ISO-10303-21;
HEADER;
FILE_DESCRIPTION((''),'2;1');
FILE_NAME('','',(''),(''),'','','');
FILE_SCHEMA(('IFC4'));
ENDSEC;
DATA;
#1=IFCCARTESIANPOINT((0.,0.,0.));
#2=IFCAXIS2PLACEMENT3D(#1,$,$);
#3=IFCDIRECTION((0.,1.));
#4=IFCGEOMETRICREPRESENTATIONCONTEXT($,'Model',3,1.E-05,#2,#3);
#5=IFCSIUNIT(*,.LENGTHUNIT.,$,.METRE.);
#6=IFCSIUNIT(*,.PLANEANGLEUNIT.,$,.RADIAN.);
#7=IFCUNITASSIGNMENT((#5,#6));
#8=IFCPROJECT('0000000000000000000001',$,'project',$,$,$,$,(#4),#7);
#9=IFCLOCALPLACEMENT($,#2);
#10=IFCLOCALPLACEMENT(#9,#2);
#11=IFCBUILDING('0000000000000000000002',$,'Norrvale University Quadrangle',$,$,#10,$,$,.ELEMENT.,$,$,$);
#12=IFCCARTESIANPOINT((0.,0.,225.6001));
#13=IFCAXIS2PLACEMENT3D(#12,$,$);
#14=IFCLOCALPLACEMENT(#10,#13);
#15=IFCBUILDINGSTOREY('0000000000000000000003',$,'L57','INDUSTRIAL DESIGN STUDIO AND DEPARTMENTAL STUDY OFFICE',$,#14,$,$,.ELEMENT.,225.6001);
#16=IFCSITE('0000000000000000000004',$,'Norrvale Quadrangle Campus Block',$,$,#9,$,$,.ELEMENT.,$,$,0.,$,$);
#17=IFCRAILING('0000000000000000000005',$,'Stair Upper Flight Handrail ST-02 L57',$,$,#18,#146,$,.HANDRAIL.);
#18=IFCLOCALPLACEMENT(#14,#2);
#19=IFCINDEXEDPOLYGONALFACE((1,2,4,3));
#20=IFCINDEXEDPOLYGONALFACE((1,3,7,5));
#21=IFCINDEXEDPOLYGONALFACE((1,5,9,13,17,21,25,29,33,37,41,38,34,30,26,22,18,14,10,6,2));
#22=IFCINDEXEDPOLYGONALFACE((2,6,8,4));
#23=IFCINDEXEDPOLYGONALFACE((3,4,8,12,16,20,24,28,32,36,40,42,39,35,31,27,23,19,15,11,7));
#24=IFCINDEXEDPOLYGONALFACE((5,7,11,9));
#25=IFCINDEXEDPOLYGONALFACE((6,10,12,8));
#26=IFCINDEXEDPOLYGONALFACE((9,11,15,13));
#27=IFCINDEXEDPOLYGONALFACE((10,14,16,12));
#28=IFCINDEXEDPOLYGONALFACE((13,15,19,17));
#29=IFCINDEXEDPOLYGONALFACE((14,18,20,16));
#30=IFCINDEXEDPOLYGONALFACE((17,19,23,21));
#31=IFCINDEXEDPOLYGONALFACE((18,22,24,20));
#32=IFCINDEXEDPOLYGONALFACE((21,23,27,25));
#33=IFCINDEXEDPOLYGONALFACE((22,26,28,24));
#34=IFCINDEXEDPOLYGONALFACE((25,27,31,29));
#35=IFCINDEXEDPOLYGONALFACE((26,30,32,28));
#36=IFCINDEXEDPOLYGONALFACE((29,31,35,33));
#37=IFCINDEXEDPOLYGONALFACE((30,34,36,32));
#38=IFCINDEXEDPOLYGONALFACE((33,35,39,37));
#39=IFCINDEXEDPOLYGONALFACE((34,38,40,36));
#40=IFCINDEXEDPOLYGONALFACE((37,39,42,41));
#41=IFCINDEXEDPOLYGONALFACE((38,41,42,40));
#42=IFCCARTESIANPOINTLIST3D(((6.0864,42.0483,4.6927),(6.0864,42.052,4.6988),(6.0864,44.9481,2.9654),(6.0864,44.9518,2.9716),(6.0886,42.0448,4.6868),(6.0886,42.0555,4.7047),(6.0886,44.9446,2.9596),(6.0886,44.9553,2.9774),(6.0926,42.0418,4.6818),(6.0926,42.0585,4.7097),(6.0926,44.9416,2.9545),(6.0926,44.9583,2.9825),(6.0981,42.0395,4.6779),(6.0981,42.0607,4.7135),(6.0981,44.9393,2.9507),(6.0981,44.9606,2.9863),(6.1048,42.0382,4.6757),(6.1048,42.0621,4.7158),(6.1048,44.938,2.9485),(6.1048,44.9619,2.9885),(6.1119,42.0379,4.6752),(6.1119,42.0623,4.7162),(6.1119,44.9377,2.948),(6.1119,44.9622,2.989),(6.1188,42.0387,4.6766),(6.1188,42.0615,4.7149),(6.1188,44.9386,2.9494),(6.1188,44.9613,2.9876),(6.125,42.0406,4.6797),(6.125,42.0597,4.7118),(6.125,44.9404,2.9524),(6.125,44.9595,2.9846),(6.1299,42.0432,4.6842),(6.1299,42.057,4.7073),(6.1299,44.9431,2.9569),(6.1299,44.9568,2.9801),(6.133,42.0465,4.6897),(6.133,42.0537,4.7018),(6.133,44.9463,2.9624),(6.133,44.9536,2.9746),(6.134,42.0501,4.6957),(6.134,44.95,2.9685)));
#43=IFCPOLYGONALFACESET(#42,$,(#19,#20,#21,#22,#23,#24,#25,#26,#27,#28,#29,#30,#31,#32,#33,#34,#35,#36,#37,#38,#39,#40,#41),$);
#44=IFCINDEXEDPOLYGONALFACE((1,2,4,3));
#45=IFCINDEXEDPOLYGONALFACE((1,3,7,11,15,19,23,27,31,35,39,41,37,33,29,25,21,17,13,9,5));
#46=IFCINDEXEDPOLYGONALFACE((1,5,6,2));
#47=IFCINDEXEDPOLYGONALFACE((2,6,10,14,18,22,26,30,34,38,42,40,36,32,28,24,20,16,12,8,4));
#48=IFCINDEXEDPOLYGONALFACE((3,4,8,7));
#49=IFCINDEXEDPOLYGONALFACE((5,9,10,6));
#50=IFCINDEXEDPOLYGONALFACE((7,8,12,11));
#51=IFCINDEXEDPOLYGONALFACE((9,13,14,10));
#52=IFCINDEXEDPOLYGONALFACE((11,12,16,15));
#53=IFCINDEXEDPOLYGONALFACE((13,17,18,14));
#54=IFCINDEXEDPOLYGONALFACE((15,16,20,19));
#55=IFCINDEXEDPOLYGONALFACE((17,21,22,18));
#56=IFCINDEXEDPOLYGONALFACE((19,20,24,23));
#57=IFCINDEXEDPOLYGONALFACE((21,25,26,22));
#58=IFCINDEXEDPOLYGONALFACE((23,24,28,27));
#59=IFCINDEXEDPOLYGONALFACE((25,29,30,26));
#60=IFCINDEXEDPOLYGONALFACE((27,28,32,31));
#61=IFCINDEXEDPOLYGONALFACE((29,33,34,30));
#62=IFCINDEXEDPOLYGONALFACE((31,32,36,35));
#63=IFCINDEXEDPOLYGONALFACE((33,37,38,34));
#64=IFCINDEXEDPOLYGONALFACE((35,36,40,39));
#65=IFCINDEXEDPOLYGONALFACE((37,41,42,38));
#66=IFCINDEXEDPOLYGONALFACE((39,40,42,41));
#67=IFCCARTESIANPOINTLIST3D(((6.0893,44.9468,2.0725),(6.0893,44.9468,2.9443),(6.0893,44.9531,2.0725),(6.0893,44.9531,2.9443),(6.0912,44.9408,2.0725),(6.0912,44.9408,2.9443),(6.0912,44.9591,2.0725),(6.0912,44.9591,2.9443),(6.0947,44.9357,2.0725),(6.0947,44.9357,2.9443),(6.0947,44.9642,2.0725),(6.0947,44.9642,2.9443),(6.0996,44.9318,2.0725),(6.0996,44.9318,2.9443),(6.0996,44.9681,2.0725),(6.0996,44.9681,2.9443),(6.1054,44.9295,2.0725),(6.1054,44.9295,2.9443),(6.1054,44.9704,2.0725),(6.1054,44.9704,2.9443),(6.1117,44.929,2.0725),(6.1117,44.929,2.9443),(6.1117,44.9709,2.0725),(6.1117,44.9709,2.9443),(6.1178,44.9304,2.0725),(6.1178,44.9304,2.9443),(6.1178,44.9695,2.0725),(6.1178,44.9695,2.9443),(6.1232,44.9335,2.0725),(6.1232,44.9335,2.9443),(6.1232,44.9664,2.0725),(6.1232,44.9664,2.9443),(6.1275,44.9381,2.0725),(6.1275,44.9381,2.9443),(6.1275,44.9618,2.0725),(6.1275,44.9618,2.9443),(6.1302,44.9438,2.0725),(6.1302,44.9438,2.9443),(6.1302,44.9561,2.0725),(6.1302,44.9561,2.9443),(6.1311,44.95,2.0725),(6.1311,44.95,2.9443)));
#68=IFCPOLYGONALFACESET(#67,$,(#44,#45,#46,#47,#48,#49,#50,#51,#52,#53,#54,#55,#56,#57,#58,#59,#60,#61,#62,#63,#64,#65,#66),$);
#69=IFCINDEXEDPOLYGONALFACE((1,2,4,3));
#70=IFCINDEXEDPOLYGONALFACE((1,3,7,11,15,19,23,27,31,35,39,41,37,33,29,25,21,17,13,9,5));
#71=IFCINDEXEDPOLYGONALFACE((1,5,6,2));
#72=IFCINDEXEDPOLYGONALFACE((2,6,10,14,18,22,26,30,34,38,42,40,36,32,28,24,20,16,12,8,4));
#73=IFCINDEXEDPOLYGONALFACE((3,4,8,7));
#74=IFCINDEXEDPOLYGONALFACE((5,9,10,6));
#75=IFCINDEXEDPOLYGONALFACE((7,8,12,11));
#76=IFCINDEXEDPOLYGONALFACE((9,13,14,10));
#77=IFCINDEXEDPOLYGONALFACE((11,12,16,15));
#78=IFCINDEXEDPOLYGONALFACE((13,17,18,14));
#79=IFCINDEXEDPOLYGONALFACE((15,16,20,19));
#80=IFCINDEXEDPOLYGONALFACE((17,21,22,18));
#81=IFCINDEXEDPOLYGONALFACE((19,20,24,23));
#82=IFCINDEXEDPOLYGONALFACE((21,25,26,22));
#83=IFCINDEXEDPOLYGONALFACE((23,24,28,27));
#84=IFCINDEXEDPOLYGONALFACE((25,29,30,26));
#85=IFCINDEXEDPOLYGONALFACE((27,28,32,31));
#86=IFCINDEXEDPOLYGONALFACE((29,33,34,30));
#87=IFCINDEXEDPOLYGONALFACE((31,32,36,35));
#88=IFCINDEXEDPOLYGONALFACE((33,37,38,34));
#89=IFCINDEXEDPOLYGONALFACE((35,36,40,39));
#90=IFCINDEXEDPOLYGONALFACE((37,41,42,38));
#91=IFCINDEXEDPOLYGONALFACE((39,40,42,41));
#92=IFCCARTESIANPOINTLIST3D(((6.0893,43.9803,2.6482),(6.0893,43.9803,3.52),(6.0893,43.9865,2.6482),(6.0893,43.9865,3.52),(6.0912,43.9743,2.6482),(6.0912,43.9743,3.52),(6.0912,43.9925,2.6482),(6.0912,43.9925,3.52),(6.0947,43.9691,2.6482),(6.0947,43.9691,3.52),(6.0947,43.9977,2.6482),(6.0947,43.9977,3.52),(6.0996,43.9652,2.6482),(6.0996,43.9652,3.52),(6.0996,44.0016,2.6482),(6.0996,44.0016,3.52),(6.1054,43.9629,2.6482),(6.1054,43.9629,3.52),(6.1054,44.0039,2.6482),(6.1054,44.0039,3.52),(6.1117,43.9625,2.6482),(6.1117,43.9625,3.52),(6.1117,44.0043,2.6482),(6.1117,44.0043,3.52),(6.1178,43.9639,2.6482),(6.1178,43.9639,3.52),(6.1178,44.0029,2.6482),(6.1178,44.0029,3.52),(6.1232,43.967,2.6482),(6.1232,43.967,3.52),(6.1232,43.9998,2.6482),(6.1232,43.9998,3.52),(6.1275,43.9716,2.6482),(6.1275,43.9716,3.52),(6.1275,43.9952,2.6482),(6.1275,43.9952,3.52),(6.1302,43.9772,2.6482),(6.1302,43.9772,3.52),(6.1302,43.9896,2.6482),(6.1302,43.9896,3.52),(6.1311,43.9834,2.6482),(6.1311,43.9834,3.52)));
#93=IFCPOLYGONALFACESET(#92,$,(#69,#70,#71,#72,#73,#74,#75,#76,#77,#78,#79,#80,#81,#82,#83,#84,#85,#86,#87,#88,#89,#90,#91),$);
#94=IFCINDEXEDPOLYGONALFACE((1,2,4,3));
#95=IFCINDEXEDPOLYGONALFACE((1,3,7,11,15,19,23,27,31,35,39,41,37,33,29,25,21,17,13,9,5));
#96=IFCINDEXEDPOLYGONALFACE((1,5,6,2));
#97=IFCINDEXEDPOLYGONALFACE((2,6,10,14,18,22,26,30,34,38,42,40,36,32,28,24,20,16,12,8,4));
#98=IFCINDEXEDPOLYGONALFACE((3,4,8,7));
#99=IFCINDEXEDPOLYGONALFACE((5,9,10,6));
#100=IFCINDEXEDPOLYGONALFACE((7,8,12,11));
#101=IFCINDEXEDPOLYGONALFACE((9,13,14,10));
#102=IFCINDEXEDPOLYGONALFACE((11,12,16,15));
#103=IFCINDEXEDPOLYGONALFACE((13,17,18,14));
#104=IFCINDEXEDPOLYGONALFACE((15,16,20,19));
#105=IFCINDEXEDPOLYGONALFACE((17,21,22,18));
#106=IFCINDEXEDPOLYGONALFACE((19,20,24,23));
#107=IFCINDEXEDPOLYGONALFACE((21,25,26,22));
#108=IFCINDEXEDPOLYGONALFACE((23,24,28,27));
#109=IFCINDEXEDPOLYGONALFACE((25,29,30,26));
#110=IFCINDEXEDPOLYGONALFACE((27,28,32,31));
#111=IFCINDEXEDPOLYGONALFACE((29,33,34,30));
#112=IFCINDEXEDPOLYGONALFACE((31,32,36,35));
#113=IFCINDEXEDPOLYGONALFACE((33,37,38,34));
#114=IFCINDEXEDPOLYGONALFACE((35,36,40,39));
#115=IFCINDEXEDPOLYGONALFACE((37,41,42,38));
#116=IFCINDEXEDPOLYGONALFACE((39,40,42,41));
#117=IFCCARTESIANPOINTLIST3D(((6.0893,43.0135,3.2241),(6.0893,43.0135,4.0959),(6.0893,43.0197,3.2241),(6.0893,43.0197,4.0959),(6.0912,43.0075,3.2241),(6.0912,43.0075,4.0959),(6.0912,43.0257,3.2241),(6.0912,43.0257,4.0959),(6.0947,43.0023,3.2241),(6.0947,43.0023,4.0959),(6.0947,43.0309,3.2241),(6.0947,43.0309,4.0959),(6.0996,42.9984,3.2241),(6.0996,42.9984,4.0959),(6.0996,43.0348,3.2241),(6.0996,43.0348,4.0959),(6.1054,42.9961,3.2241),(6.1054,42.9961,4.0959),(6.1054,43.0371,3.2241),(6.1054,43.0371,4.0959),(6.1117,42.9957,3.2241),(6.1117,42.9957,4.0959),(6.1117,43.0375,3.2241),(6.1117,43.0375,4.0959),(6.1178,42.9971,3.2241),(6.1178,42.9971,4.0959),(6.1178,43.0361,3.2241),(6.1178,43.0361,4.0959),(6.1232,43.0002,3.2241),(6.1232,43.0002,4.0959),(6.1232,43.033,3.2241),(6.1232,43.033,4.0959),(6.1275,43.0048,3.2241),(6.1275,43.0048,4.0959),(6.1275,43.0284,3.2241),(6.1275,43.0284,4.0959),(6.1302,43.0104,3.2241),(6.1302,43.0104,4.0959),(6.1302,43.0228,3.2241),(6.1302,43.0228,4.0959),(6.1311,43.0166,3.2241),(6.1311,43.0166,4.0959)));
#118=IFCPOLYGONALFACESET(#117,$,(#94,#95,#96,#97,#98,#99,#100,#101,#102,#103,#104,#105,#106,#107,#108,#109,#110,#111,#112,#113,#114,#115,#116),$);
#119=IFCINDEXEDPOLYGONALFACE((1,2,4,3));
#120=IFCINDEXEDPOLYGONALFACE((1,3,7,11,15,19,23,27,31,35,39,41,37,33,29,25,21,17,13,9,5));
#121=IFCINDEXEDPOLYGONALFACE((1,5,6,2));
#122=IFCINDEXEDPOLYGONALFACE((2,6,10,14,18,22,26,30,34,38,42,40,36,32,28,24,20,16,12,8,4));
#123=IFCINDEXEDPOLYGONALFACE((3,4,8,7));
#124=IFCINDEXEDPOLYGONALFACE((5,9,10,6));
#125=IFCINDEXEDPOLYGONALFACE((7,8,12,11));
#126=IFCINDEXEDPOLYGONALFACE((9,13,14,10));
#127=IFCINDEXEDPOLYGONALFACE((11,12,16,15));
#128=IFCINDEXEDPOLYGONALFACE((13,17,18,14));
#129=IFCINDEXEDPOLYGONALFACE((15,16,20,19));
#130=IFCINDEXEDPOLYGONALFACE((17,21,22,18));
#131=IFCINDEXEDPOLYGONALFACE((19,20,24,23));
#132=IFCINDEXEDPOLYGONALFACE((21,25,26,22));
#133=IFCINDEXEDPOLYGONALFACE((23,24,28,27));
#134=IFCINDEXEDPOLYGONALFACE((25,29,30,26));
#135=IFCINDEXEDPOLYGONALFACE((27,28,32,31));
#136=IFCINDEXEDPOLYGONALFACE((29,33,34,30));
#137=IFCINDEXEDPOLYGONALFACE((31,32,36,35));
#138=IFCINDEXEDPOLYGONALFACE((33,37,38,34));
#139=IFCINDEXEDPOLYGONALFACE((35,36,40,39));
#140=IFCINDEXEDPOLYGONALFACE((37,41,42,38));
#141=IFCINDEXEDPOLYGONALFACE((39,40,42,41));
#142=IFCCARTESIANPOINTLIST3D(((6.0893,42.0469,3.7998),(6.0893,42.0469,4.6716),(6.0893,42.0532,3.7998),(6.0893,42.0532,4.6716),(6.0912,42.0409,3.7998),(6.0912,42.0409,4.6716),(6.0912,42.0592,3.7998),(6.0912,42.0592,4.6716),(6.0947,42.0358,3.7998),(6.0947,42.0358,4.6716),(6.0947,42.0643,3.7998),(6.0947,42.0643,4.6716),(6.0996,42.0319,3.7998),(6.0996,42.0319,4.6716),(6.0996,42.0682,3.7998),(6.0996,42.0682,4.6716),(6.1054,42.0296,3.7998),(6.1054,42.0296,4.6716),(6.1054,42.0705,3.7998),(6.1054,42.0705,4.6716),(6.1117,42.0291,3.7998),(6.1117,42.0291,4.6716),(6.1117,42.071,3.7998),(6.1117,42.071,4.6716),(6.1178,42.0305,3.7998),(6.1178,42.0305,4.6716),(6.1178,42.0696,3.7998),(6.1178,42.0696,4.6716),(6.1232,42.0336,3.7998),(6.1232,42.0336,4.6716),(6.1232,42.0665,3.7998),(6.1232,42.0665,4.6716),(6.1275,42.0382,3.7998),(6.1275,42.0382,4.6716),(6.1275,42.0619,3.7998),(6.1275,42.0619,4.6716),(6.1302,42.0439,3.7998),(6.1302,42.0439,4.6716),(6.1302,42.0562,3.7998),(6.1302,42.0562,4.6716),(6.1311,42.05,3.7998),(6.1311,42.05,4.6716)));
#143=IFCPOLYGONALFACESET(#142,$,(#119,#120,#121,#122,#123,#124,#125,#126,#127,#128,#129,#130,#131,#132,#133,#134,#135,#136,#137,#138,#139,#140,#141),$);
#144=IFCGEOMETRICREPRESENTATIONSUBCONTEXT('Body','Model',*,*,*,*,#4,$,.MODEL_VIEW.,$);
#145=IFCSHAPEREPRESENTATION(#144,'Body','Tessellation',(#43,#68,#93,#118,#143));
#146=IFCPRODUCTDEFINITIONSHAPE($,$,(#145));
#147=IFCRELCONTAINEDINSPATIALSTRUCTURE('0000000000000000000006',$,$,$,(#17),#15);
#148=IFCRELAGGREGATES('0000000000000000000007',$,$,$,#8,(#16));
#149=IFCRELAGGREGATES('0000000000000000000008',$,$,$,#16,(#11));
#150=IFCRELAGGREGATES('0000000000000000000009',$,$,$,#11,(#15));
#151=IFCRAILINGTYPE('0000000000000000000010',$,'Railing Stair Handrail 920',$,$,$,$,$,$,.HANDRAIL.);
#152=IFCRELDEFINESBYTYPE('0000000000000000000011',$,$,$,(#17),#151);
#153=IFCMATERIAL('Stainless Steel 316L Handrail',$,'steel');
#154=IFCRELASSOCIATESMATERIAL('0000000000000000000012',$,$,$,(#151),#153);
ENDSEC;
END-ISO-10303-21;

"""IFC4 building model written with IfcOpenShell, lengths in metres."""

from ifc_helpers import new_model, si_unit, direction, frame, origin, origin_2d, place, context, subcontext, project, spatial, circle, extrude, material, type_object, element, save


model = new_model("IFC4")

# Units and contexts
model_context = context("Model", 3, precision=1e-05, world=origin(), true_north=direction((0.0, 1.0)))
body_context = subcontext(model_context, "Body", "Model", "MODEL_VIEW")
ifc_project = project(units=[si_unit("LENGTHUNIT", "METRE"), si_unit("PLANEANGLEUNIT", "RADIAN")], contexts=[model_context])

# Site, building, storey
site_placement = place(None, origin())
site = spatial("IfcSite", under=ifc_project, at=site_placement, Name="Norrvale Quadrangle Campus Block", CompositionType="ELEMENT", RefElevation=0.0)
building_placement = place(site_placement, origin())
building = spatial("IfcBuilding", under=site, at=building_placement, Name="Norrvale University Quadrangle", CompositionType="ELEMENT")
storey_placement = place(building_placement, frame((0.0, 0.0, 225.6001)))
storey = spatial("IfcBuildingStorey", under=building, at=storey_placement, Name="L57", Description="INDUSTRIAL DESIGN STUDIO AND DEPARTMENTAL STUDY OFFICE", CompositionType="ELEMENT", Elevation=225.6001)

# Railing
ifc_material_1 = material(Name="Stainless Steel 316L Handrail", Category="steel")
railing_type_1 = type_object("IfcRailingType", Name="Railing Stair Handrail 920", PredefinedType="HANDRAIL", material=ifc_material_1)
railing_1_placement = place(storey_placement, frame((6.1101, 44.95, 2.0725)))
element("IfcRailing", 1, at=railing_1_placement, inside=storey, type_object=railing_type_1, Name="Stair Upper Flight Handrail ST-02 L57", PredefinedType="HANDRAIL", context=body_context, shape_type="SweptSolid", body=[
    extrude(circle(Radius=0.0239, at=origin_2d()), frame((0.0, 0.0, 0.896), z_axis=(0.0, -0.859141, 0.511738), x_axis=(1.0, 0.0, 0.0)), (0.0, 0.0, 1.0), 3.3752),
    extrude(circle(Radius=0.021, at=origin_2d()), origin(), (0.0, 0.0, 1.0), 0.8718),
    extrude(circle(Radius=0.021, at=origin_2d()), frame((0.0, -0.9666, 0.5757)), (0.0, 0.0, 1.0), 0.8718),
    extrude(circle(Radius=0.021, at=origin_2d()), frame((0.0, -1.9333, 1.1516)), (0.0, 0.0, 1.0), 0.8718),
    extrude(circle(Radius=0.021, at=origin_2d()), frame((0.0, -2.8999, 1.7273)), (0.0, 0.0, 1.0), 0.8718),
])

save(model, "model.ifc")
